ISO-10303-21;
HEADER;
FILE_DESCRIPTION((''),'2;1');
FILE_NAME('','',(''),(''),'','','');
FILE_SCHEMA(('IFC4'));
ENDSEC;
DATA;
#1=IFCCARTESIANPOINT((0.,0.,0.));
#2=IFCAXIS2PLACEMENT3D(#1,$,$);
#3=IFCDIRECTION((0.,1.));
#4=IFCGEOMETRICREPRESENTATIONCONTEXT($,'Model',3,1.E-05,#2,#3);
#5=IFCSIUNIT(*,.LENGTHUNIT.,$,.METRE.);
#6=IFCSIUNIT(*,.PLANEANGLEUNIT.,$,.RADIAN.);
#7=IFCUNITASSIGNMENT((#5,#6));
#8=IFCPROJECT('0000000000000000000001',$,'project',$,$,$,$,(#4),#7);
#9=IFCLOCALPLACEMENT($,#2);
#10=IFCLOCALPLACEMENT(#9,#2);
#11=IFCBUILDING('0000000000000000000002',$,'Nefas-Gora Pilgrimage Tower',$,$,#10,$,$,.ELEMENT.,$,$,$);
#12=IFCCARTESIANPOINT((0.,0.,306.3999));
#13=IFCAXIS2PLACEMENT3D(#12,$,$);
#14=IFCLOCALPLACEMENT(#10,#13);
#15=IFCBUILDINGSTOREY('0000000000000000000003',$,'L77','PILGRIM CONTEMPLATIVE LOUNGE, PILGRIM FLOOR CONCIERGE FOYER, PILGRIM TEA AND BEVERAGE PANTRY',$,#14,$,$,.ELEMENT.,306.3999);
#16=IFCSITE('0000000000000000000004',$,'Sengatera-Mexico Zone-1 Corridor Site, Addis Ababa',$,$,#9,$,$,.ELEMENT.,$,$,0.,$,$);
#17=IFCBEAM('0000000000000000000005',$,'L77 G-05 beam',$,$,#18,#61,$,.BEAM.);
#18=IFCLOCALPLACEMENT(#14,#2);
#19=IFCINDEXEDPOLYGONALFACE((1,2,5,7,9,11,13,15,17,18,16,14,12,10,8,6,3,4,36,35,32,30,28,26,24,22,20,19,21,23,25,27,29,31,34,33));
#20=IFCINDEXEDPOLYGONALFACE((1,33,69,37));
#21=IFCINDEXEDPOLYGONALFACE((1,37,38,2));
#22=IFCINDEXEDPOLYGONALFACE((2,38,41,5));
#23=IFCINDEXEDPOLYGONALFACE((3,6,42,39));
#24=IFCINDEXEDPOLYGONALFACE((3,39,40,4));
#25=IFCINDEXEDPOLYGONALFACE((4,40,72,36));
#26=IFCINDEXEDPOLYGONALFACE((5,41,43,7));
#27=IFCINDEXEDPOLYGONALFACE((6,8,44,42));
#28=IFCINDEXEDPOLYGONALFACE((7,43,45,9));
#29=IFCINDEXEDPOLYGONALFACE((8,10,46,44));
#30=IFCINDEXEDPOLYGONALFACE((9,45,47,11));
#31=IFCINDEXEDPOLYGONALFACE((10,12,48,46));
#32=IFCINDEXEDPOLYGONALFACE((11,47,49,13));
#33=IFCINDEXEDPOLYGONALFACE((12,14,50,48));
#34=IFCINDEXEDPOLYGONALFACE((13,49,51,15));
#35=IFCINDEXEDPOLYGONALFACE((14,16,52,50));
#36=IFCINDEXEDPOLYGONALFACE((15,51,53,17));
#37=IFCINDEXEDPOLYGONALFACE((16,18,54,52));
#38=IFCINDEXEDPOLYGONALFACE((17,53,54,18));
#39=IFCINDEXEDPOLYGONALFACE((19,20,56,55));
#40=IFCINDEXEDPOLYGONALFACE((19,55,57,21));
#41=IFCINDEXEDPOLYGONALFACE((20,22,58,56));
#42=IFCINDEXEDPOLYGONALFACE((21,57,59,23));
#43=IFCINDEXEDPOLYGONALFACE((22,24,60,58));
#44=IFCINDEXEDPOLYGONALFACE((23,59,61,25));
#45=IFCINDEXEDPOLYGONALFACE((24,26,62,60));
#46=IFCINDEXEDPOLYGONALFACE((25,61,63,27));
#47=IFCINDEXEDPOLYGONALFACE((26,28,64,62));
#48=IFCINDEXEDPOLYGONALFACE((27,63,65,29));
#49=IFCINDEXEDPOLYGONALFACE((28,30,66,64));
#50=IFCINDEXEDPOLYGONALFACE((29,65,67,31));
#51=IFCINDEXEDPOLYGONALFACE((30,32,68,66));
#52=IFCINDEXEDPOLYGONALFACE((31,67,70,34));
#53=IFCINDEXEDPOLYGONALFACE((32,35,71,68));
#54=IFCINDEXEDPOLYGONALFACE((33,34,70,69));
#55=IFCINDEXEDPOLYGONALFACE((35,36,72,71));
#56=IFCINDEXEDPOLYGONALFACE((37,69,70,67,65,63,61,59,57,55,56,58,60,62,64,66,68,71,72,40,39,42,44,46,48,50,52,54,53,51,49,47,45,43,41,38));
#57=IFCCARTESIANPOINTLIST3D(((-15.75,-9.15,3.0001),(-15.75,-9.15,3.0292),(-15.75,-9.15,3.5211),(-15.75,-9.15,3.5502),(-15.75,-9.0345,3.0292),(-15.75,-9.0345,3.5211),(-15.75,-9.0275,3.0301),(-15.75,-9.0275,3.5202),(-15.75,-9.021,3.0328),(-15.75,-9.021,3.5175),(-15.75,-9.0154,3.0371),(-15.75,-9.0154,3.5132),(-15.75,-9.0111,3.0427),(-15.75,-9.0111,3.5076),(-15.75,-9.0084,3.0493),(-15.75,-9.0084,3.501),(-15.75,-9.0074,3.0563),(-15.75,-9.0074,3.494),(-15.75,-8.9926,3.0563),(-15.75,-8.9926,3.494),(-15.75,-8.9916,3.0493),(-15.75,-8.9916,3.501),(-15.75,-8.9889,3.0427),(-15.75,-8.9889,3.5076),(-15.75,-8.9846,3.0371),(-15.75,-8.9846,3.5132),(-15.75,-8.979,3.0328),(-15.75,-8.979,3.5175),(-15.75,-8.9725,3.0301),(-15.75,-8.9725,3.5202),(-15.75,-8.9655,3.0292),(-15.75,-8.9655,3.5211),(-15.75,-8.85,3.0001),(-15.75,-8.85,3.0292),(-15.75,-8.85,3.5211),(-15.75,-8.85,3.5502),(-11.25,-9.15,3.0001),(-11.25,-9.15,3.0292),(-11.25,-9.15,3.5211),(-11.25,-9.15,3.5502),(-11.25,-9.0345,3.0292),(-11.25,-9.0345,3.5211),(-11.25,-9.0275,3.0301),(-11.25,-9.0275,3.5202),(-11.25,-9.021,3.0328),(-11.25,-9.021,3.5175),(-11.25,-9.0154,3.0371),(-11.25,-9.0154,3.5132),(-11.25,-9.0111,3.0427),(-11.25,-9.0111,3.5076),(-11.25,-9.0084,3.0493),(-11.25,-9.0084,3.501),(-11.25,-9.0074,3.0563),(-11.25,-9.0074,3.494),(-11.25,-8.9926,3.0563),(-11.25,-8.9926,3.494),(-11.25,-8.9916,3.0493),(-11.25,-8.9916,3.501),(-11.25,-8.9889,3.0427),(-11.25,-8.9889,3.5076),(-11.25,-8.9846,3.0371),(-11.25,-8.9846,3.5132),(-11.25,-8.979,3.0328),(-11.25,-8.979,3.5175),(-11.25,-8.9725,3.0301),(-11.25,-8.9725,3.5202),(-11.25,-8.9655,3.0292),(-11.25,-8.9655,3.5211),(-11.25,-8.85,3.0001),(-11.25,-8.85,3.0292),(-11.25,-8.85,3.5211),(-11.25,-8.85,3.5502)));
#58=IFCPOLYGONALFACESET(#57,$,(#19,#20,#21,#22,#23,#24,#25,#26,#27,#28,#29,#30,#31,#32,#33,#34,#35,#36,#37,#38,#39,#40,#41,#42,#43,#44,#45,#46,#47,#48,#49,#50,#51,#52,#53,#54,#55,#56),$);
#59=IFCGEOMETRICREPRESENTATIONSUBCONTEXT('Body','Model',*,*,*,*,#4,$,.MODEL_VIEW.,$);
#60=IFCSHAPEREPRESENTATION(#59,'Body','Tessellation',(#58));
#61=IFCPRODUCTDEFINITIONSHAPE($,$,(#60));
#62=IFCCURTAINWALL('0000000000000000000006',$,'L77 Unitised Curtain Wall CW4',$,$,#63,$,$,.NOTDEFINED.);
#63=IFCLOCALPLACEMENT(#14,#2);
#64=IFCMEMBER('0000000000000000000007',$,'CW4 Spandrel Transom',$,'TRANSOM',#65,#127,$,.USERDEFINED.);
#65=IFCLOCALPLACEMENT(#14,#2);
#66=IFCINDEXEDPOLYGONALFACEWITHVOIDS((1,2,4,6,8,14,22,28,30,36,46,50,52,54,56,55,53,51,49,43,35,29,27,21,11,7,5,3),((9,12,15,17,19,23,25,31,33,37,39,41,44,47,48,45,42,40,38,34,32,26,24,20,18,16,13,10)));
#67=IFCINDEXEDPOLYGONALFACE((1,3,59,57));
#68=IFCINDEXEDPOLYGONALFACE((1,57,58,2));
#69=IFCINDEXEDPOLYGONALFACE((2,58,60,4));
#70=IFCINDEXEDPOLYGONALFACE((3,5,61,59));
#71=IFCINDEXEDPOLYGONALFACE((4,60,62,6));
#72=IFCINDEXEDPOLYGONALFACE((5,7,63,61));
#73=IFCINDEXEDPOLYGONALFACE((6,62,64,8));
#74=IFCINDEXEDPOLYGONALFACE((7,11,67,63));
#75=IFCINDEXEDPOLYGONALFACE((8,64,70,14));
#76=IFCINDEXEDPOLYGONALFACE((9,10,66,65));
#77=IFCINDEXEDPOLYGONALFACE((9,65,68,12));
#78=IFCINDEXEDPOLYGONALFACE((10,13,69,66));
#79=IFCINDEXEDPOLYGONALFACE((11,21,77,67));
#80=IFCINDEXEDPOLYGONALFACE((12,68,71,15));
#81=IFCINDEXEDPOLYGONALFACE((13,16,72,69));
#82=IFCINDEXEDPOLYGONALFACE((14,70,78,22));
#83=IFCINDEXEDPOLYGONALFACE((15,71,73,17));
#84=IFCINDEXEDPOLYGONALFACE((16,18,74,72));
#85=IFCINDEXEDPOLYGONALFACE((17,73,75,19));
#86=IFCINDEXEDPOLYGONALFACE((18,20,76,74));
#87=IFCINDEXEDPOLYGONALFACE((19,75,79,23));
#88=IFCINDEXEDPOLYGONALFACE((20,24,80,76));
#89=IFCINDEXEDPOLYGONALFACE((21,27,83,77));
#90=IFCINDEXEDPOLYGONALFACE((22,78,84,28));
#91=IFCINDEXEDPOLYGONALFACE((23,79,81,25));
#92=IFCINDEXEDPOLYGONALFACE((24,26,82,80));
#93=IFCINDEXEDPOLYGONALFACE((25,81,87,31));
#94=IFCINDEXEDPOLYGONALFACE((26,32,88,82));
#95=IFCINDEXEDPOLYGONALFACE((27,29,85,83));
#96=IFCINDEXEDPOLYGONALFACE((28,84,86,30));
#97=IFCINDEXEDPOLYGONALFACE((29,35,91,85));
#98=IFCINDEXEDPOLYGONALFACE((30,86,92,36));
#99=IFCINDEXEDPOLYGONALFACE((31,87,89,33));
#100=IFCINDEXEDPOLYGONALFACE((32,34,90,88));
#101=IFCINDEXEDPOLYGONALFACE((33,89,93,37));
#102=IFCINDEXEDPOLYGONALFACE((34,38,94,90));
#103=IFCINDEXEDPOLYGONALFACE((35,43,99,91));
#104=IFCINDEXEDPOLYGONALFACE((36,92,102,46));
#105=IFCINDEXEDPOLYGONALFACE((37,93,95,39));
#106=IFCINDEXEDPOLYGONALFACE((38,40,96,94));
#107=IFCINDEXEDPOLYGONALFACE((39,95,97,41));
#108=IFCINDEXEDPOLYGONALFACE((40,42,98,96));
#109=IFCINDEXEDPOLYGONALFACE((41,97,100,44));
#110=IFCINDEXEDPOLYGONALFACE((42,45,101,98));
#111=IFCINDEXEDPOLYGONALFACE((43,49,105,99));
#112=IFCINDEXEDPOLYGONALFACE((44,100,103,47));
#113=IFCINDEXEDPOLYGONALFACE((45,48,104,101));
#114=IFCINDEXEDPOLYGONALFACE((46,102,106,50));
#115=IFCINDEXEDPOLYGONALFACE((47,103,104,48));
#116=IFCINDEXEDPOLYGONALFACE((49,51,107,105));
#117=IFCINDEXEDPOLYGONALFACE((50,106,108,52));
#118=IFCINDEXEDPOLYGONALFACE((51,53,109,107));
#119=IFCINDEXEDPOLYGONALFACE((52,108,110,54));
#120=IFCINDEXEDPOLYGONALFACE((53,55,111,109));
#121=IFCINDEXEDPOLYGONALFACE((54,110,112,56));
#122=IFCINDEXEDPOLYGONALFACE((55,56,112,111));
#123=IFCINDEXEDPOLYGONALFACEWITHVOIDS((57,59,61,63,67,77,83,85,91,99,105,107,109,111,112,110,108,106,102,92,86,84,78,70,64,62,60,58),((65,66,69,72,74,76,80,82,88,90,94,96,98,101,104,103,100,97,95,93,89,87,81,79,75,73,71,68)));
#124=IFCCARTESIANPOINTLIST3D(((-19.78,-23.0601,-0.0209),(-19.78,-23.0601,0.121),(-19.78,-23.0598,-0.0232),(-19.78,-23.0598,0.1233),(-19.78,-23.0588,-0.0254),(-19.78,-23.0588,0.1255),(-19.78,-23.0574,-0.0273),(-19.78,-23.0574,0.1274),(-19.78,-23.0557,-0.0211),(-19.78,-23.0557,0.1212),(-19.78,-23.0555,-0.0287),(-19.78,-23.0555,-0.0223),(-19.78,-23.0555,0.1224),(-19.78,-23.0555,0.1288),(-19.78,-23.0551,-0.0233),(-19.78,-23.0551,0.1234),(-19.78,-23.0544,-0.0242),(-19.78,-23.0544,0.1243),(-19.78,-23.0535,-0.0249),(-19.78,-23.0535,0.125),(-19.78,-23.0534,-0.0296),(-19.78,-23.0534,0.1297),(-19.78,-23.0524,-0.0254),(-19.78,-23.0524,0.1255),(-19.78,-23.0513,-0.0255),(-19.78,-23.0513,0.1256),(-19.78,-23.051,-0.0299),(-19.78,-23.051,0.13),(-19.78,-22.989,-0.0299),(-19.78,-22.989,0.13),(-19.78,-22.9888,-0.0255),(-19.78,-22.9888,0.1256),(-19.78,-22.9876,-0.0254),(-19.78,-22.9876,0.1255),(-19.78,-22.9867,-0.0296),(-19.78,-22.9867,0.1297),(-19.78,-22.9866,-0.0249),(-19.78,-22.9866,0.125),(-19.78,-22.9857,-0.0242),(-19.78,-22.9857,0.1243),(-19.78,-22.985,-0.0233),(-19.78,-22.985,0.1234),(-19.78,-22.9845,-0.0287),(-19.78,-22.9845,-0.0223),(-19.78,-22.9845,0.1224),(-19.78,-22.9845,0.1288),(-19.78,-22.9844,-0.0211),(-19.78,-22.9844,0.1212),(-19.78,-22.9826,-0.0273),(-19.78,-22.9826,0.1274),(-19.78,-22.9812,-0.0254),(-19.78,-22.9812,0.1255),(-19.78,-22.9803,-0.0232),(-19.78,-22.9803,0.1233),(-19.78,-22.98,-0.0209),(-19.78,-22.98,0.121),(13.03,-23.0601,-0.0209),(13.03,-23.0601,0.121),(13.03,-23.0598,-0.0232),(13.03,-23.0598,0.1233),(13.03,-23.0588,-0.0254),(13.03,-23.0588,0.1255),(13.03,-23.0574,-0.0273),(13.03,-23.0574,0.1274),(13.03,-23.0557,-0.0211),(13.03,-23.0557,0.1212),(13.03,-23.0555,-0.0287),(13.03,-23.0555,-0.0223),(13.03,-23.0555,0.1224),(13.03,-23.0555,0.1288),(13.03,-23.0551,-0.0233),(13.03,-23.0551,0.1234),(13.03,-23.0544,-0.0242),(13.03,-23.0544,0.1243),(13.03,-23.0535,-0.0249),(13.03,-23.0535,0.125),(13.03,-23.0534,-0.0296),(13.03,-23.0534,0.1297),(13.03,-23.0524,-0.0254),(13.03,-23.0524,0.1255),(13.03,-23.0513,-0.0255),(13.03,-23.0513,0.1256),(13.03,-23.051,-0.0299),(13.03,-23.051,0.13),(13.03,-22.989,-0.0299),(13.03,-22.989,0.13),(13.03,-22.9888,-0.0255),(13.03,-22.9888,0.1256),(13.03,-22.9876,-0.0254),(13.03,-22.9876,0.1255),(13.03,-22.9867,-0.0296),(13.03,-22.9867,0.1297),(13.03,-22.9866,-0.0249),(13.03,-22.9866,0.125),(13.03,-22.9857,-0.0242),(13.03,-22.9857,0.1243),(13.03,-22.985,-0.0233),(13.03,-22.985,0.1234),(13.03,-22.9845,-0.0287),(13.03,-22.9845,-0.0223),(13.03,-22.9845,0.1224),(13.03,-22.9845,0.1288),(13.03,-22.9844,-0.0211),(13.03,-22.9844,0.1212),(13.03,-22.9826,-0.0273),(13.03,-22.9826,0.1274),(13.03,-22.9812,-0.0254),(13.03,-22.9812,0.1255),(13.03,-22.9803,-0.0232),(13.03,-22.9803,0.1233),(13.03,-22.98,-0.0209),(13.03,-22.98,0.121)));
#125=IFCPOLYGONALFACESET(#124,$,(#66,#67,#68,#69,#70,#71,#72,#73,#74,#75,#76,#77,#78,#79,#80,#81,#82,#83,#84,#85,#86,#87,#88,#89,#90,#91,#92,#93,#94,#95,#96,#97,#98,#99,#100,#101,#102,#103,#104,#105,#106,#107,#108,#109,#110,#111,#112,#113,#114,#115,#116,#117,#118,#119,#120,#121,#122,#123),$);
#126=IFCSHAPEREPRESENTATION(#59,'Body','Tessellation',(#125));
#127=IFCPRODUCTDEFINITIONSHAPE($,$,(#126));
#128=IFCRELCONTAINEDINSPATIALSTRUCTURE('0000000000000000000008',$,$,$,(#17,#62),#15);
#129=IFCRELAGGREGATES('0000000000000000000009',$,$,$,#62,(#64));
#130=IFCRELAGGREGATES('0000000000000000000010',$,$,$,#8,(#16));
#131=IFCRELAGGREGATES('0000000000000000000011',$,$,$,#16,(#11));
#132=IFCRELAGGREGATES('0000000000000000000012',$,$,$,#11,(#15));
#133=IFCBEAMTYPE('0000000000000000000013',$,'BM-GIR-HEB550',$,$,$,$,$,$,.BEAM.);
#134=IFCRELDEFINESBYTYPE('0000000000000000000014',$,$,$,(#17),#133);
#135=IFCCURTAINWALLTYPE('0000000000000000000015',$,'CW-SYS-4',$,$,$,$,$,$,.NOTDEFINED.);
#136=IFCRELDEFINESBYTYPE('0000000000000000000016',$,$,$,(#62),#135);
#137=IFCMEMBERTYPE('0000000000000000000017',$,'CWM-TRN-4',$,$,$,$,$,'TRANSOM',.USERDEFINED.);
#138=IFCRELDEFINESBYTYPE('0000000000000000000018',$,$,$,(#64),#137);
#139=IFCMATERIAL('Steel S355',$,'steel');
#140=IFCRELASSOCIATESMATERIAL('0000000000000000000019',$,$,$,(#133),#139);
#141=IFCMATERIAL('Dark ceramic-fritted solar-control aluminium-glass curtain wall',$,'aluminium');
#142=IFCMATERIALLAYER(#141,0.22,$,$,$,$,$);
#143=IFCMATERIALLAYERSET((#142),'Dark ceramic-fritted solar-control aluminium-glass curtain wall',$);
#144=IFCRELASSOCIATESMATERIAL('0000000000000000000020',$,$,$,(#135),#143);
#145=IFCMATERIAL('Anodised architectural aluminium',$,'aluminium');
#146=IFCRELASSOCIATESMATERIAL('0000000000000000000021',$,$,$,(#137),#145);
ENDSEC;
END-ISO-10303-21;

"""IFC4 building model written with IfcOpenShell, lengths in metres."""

from ifc_helpers import new_model, si_unit, direction, frame, origin, origin_2d, place, context, subcontext, project, spatial, hollow_rectangle, i_section, extrude, source, transform, mapped, material, layer, layer_set, material_profile, profile_set, type_object, element, aggregate, save


model = new_model("IFC4")

# Units and contexts
model_context = context("Model", 3, precision=1e-05, world=origin(), true_north=direction((0.0, 1.0)))
body_context = subcontext(model_context, "Body", "Model", "MODEL_VIEW")
ifc_project = project(units=[si_unit("LENGTHUNIT", "METRE"), si_unit("PLANEANGLEUNIT", "RADIAN")], contexts=[model_context])

# Site, building, storey
site_placement = place(None, origin())
site = spatial("IfcSite", under=ifc_project, at=site_placement, Name="Sengatera-Mexico Zone-1 Corridor Site, Addis Ababa", CompositionType="ELEMENT", RefElevation=0.0)
building_placement = place(site_placement, origin())
building = spatial("IfcBuilding", under=site, at=building_placement, Name="Nefas-Gora Pilgrimage Tower", CompositionType="ELEMENT")
storey_placement = place(building_placement, frame((0.0, 0.0, 306.3999)))
storey = spatial("IfcBuildingStorey", under=building, at=storey_placement, Name="L77", Description="PILGRIM CONTEMPLATIVE LOUNGE, PILGRIM FLOOR CONCIERGE FOYER, PILGRIM TEA AND BEVERAGE PANTRY", CompositionType="ELEMENT", Elevation=306.3999)

# Shared definitions
ifc_material_1 = material(Name="Steel S355", Category="steel")

# Beam
ifc_material_profile_1 = material_profile(ifc_material_1, i_section(OverallWidth=0.3, OverallDepth=0.55, WebThickness=0.0149, FlangeThickness=0.0291, FilletRadius=0.0271, at=origin_2d()), Name="HEB 550")
ifc_profile_set_1 = profile_set([ifc_material_profile_1], Name="Steel S355")
beam_type_1 = type_object("IfcBeamType", Name="BM-GIR-HEB550", PredefinedType="BEAM", material=ifc_profile_set_1)
shared_shape_1 = source(origin(), body_context, "Body", "SweptSolid", [
    extrude(i_section(OverallWidth=0.3, OverallDepth=0.55, WebThickness=0.0149, FlangeThickness=0.0291, FilletRadius=0.0271, at=origin_2d()), origin(), (0.0, 0.0, 1.0), 4.5),
])
for number, where, z_axis, x_axis, name in (
    (1, (-15.75, -9.0, 3.2751), (1.0, 0.0, 0.0), (0.0, 1.0, 0.0), "L77 G-05 beam"),
):
    element("IfcBeam", number, at=place(storey_placement, frame(where, z_axis=z_axis, x_axis=x_axis)), inside=storey, type_object=beam_type_1, Name=name, PredefinedType="BEAM", context=body_context, shape_type="MappedRepresentation", body=[
        mapped(shared_shape_1, transform((0.0, 0.0, 0.0), x_axis=(1.0, 0.0, 0.0), y_axis=(0.0, 1.0, 0.0), z_axis=(0.0, 0.0, 1.0), scale=1.0)),
    ])

# Curtain wall, member
ifc_material_2 = material(Name="Dark ceramic-fritted solar-control aluminium-glass curtain wall", Category="aluminium")
ifc_layer_1 = layer(ifc_material_2, 0.22)
ifc_layer_set_1 = layer_set([ifc_layer_1], Name="Dark ceramic-fritted solar-control aluminium-glass curtain wall")
curtain_wall_type = type_object("IfcCurtainWallType", Name="CW-SYS-4", PredefinedType="NOTDEFINED", material=ifc_layer_set_1)
curtain_wall_1_placement = place(storey_placement, origin())
curtain_wall_1 = element("IfcCurtainWall", 2, at=curtain_wall_1_placement, inside=storey, type_object=curtain_wall_type, Name="L77 Unitised Curtain Wall CW4", PredefinedType="NOTDEFINED")
ifc_material_3 = material(Name="Anodised architectural aluminium", Category="aluminium")
ifc_material_profile_2 = material_profile(ifc_material_3, hollow_rectangle(XDim=0.0801, YDim=0.1599, WallThickness=0.0044, InnerFilletRadius=0.0044, OuterFilletRadius=0.009, at=origin_2d()), Name="ALU TRANSOM 80x160")
ifc_profile_set_2 = profile_set([ifc_material_profile_2], Name="Anodised architectural aluminium")
member_type_1 = type_object("IfcMemberType", Name="CWM-TRN-4", ElementType="TRANSOM", PredefinedType="USERDEFINED", material=ifc_profile_set_2)
shared_shape_2 = source(origin(), body_context, "Body", "SweptSolid", [
    extrude(hollow_rectangle(XDim=0.0801, YDim=0.1599, WallThickness=0.0044, InnerFilletRadius=0.0044, OuterFilletRadius=0.009, at=origin_2d()), origin(), (0.0, 0.0, 1.0), 32.8101),
])
member_1_placement = place(storey_placement, frame((-19.78, -23.02, 0.05), z_axis=(1.0, 0.0, 0.0), x_axis=(0.0, 1.0, 0.0)))
member_1 = element("IfcMember", 3, at=member_1_placement, type_object=member_type_1, Name="CW4 Spandrel Transom", ObjectType="TRANSOM", PredefinedType="USERDEFINED", context=body_context, shape_type="MappedRepresentation", body=[
    mapped(shared_shape_2, transform((0.0, 0.0, 0.0), x_axis=(1.0, 0.0, 0.0), y_axis=(0.0, 1.0, 0.0), z_axis=(0.0, 0.0, 1.0), scale=1.0)),
])

aggregate(curtain_wall_1, [member_1])

save(model, "model.ifc")
